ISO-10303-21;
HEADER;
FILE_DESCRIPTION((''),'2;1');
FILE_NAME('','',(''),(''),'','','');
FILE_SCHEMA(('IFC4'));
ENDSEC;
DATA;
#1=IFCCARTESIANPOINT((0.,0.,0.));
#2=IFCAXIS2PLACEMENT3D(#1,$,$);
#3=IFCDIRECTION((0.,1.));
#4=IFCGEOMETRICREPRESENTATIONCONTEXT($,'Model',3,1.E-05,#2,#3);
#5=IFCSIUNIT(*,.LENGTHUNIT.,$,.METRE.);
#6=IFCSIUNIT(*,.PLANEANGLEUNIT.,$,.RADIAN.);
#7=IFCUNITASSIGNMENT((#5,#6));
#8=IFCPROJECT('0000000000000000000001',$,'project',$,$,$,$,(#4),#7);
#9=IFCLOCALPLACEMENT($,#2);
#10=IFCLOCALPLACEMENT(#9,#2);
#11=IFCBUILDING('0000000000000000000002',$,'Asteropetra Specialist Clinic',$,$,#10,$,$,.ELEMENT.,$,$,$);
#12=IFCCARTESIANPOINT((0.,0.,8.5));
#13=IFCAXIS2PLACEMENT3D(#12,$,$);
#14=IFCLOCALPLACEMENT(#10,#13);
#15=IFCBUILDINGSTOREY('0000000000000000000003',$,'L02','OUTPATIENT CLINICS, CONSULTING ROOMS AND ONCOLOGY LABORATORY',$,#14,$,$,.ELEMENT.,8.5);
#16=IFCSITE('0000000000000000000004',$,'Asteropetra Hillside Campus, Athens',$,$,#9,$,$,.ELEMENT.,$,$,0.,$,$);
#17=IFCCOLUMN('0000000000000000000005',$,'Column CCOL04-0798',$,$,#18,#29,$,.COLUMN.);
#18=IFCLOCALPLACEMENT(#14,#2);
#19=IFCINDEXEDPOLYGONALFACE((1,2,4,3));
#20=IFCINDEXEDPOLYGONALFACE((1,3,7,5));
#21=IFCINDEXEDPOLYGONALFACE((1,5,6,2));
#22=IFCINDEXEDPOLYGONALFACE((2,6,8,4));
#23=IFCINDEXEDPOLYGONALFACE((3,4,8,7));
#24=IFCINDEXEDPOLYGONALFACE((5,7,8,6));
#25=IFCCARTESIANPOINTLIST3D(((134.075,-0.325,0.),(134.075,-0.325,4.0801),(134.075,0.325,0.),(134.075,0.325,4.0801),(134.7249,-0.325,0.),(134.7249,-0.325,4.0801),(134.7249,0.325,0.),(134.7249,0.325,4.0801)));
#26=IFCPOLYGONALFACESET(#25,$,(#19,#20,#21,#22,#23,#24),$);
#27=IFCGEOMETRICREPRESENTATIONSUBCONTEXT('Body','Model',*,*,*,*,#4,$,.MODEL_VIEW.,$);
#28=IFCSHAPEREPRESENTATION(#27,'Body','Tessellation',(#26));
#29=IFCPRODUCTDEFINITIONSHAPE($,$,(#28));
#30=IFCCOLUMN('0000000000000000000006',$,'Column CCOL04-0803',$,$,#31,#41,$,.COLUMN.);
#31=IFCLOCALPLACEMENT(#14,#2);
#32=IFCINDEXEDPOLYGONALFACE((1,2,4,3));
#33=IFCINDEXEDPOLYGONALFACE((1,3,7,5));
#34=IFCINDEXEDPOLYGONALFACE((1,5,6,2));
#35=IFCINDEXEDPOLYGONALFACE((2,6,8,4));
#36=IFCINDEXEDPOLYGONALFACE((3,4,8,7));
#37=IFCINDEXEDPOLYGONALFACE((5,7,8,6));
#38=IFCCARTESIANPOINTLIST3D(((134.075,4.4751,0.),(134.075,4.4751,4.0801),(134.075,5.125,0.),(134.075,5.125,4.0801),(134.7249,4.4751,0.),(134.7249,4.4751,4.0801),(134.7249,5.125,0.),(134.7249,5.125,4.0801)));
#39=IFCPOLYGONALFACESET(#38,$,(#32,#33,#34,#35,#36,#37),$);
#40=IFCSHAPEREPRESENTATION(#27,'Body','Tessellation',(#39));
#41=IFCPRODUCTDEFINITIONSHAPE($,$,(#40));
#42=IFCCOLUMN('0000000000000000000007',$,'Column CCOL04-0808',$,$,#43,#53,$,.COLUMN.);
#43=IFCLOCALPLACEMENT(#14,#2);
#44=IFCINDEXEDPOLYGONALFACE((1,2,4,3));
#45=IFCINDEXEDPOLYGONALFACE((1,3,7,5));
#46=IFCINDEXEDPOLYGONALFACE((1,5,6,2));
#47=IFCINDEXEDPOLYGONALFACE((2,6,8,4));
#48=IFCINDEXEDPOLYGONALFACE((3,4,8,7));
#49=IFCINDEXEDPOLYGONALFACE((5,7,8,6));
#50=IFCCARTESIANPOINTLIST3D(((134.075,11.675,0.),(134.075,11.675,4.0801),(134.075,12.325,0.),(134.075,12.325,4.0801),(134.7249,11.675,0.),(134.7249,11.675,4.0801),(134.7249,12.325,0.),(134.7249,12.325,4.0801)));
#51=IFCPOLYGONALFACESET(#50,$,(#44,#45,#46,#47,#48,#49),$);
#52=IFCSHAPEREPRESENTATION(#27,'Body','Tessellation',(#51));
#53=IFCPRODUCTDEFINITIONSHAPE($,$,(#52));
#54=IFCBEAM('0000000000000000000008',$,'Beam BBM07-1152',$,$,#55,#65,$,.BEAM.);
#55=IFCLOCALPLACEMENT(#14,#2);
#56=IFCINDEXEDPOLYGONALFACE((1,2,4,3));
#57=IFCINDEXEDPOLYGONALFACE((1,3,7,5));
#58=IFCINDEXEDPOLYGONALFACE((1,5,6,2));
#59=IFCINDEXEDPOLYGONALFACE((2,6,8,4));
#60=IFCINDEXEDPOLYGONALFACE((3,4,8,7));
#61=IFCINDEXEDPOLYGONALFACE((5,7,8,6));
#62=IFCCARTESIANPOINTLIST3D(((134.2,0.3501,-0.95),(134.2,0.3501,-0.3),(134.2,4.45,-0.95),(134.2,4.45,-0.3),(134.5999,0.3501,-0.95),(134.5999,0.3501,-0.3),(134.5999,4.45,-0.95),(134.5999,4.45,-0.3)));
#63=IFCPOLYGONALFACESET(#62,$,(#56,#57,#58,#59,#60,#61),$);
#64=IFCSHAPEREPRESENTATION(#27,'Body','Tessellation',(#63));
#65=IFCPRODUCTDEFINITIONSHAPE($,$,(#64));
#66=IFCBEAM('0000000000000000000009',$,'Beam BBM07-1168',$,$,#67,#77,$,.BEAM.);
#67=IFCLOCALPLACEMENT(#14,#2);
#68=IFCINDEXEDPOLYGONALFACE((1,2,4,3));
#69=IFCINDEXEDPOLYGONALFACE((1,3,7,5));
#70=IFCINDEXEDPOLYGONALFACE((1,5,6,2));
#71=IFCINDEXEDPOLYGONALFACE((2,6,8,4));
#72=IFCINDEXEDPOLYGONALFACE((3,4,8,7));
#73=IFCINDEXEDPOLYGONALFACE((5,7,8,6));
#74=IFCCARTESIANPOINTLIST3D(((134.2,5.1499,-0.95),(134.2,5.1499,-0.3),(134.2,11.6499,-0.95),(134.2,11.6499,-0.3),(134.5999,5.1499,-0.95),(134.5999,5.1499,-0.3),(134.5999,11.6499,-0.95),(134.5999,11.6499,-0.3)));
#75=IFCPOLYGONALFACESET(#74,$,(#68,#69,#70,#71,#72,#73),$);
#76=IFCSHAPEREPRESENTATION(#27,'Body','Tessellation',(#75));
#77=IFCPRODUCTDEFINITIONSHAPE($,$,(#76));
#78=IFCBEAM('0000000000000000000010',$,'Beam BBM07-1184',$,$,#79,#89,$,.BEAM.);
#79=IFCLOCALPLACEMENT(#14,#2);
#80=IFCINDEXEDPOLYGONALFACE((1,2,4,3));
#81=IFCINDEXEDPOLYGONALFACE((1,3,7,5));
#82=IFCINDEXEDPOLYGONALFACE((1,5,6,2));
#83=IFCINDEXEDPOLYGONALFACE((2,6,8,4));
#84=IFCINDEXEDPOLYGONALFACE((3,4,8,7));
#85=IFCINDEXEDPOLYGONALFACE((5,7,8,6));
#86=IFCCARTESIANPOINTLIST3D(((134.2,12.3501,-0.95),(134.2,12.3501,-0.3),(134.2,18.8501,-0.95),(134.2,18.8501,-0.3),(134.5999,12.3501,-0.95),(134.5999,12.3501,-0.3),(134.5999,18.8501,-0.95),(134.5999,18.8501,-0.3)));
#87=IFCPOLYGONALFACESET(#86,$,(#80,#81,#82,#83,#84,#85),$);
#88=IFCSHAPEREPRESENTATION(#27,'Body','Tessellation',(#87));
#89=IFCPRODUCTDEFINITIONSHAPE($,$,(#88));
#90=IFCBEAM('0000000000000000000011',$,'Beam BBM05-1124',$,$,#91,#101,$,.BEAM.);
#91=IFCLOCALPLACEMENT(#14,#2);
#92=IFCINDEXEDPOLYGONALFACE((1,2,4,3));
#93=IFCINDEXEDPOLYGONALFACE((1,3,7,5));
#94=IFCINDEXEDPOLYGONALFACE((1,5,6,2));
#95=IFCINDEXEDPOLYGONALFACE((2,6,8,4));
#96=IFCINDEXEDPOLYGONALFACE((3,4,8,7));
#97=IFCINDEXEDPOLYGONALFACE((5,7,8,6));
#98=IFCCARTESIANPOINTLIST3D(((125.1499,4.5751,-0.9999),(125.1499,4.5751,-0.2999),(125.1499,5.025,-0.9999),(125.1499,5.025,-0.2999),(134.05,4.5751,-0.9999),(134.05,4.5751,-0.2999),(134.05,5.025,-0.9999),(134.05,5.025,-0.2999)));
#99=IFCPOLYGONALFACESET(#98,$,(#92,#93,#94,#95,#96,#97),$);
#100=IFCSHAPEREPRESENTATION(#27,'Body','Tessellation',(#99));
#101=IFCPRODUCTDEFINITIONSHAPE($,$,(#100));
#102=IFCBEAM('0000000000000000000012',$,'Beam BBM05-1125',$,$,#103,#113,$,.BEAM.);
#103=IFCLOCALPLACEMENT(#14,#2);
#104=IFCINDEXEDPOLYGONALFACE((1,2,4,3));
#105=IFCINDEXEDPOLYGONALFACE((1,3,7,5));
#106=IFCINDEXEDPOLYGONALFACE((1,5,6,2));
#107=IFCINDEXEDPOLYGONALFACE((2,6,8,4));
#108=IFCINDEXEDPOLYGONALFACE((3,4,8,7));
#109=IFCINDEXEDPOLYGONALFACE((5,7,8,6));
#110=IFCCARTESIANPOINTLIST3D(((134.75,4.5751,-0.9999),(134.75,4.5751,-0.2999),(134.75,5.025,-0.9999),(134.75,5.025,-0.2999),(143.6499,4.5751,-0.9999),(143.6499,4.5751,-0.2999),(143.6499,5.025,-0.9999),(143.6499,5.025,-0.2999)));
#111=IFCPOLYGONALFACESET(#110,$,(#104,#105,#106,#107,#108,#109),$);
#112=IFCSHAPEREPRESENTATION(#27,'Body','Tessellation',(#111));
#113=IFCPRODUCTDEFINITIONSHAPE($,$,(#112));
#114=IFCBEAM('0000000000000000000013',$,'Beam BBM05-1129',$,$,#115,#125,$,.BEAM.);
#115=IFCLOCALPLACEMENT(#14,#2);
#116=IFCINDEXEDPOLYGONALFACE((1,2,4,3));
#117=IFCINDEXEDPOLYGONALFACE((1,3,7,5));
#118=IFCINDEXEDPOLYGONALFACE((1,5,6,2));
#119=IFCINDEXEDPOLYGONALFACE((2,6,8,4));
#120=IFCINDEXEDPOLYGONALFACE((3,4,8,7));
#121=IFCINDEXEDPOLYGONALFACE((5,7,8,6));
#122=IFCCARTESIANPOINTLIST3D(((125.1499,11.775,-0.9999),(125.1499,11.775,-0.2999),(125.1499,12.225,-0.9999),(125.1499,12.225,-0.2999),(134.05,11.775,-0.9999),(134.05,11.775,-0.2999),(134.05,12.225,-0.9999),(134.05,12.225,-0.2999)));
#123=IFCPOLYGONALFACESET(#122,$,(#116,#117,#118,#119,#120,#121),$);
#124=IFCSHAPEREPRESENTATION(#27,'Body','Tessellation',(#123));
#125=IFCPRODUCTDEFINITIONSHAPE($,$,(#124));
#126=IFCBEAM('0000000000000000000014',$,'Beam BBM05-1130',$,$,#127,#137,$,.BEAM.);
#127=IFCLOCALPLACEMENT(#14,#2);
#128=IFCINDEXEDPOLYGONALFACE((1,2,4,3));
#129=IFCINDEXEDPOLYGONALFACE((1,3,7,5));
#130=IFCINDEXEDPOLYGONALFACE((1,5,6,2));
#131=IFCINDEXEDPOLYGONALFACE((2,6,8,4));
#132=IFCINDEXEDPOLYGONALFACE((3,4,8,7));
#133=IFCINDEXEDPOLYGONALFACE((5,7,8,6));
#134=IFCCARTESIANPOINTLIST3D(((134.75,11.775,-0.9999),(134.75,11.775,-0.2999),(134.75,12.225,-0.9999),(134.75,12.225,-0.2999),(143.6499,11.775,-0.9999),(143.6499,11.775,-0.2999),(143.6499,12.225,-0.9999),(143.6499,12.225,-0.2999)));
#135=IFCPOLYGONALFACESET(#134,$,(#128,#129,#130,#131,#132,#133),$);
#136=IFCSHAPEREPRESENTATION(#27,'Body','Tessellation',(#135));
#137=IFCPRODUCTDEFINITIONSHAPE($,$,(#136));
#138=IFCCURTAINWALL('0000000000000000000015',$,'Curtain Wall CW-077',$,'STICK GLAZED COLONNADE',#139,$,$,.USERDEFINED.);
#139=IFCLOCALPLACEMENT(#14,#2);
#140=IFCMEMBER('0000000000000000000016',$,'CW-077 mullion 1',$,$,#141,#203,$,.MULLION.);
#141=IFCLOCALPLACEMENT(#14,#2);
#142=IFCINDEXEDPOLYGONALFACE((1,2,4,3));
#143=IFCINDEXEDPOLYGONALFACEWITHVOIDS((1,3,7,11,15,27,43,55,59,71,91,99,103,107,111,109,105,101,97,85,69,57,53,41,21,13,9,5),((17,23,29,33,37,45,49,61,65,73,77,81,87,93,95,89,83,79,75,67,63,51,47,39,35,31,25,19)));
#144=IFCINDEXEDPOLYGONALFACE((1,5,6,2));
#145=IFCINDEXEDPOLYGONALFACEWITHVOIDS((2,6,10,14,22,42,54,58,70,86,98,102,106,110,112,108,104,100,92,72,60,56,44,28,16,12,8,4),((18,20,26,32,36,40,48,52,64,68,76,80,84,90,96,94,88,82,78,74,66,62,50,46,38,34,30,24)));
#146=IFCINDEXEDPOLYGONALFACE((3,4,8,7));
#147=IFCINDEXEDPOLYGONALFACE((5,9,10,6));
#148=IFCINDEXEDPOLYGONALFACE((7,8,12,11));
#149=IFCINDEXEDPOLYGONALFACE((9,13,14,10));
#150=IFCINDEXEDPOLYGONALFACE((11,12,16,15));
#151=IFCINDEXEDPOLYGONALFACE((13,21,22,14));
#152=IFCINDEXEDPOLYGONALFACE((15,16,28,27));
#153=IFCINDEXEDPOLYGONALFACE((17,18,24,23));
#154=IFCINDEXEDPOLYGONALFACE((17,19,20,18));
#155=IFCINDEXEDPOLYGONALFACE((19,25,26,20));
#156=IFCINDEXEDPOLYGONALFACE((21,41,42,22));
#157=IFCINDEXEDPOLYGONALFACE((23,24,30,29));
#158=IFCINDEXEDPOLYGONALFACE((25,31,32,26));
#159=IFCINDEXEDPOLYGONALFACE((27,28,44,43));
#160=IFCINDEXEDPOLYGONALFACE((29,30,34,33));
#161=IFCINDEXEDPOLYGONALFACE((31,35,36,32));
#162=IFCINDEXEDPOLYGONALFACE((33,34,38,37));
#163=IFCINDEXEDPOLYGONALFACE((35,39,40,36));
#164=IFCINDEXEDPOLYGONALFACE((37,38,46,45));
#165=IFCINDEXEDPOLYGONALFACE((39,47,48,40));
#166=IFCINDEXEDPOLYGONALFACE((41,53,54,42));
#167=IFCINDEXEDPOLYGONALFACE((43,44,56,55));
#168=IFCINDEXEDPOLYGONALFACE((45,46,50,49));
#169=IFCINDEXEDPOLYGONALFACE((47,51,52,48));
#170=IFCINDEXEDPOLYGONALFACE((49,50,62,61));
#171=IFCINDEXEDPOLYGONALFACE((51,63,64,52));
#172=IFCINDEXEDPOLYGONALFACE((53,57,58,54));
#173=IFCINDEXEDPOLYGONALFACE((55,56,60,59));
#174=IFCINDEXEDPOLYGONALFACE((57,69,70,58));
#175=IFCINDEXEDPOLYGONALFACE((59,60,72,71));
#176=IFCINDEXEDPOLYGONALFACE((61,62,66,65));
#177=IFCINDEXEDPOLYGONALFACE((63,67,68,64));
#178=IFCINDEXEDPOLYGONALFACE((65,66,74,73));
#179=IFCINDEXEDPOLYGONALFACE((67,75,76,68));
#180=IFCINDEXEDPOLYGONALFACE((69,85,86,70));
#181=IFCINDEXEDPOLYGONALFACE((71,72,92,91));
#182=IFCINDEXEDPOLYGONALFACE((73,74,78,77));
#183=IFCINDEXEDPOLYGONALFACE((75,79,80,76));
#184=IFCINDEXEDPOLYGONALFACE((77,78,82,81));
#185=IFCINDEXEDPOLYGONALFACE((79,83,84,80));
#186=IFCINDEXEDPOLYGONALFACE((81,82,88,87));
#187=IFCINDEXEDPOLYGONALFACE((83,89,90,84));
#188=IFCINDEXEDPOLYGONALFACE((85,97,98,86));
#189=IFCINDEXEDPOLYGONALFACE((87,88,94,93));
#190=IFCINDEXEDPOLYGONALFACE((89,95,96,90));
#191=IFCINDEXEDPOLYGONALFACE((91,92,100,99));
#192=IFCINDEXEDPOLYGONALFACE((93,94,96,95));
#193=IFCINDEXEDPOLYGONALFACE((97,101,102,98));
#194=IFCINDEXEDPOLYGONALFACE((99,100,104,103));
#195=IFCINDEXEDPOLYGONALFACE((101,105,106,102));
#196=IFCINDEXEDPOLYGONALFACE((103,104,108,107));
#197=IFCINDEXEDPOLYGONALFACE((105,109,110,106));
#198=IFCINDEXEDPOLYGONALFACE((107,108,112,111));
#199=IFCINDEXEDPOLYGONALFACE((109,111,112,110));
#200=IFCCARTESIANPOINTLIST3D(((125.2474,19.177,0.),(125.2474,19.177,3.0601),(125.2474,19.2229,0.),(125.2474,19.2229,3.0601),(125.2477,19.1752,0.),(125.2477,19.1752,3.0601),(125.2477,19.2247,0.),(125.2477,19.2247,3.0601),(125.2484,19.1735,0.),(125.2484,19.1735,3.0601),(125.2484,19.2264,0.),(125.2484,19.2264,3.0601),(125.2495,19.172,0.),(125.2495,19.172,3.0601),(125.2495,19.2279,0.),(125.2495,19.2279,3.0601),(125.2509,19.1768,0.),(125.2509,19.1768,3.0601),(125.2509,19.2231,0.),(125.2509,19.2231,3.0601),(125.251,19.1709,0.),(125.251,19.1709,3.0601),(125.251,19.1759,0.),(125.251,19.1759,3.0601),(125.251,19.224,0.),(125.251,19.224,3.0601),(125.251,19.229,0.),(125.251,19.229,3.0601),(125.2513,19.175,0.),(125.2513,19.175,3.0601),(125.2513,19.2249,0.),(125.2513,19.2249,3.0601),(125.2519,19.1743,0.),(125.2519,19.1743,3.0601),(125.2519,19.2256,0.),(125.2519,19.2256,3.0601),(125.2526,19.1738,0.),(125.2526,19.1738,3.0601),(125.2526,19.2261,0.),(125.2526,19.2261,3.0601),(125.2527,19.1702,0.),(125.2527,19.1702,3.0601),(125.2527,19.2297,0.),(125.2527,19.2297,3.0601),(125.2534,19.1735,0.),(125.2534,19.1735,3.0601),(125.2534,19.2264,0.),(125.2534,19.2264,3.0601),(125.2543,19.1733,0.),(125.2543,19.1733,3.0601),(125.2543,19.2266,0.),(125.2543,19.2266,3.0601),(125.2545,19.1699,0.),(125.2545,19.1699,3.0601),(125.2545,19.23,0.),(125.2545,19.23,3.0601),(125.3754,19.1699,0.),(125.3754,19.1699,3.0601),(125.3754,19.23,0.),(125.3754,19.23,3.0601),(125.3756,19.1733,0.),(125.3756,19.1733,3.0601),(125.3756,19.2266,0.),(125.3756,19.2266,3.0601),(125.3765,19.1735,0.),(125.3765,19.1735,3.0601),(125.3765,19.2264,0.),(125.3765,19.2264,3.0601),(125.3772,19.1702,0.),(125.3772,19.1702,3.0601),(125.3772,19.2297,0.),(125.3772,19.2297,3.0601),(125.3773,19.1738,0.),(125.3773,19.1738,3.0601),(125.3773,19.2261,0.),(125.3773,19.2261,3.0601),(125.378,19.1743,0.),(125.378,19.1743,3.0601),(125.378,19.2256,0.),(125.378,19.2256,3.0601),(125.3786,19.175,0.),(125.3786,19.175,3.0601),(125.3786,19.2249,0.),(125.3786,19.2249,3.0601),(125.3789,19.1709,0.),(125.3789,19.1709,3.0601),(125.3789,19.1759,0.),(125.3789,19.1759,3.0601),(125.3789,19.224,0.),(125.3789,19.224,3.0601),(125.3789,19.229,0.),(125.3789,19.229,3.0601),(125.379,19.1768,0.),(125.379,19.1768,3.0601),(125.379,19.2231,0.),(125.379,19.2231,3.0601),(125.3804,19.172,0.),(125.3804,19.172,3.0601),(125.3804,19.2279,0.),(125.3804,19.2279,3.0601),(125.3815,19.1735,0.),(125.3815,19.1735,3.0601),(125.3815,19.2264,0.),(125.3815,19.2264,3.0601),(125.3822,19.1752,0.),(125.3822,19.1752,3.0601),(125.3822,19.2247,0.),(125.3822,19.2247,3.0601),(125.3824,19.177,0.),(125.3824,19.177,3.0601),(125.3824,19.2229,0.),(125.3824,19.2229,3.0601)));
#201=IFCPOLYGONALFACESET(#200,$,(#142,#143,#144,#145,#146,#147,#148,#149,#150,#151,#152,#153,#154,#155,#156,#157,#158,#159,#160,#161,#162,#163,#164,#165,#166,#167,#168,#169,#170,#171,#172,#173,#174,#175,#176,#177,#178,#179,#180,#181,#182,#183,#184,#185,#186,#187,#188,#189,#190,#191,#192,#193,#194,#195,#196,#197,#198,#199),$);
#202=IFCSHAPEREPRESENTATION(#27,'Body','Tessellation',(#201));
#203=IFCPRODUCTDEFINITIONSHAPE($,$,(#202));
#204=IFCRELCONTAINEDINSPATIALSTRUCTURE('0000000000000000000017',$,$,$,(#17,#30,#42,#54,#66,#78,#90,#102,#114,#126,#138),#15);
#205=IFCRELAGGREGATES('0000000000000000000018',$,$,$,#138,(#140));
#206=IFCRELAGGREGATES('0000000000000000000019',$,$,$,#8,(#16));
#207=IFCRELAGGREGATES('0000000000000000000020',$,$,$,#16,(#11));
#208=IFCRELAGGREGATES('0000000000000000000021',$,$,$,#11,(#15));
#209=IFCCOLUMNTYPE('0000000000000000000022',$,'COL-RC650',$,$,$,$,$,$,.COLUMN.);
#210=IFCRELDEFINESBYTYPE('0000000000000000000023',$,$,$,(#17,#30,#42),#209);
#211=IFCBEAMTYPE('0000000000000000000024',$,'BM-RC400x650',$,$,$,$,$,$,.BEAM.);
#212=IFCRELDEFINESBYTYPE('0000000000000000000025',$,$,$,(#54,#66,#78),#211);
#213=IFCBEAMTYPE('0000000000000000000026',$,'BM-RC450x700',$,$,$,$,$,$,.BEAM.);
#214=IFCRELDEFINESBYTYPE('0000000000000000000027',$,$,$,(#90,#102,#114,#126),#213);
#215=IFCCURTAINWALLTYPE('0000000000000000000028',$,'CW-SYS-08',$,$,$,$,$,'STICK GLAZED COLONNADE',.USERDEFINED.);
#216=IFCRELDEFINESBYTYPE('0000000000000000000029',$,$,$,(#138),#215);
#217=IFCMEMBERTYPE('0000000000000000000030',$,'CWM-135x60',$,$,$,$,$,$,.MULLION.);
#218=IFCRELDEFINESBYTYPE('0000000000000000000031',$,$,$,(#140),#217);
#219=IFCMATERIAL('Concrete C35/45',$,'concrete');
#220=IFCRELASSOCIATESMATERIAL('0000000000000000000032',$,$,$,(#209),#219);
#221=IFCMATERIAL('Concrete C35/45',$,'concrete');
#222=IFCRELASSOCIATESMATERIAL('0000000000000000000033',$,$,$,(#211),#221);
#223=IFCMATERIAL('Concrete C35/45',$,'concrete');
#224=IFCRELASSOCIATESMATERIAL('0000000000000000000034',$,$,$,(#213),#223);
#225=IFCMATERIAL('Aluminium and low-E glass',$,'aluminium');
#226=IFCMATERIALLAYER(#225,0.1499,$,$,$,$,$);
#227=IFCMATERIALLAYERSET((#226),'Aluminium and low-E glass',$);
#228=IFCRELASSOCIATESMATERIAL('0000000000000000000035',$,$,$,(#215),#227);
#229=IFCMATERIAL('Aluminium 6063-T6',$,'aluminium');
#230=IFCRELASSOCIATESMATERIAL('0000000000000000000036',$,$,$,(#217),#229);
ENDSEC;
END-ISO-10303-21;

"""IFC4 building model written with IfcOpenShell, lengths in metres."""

from ifc_helpers import new_model, si_unit, direction, frame, origin, origin_2d, place, context, subcontext, project, spatial, rectangle, hollow_rectangle, extrude, material, layer, layer_set, material_profile, profile_set, type_object, element, aggregate, save


model = new_model("IFC4")

# Units and contexts
model_context = context("Model", 3, precision=1e-05, world=origin(), true_north=direction((0.0, 1.0)))
body_context = subcontext(model_context, "Body", "Model", "MODEL_VIEW")
ifc_project = project(units=[si_unit("LENGTHUNIT", "METRE"), si_unit("PLANEANGLEUNIT", "RADIAN")], contexts=[model_context])

# Site, building, storey
site_placement = place(None, origin())
site = spatial("IfcSite", under=ifc_project, at=site_placement, Name="Asteropetra Hillside Campus, Athens", CompositionType="ELEMENT", RefElevation=0.0)
building_placement = place(site_placement, origin())
building = spatial("IfcBuilding", under=site, at=building_placement, Name="Asteropetra Specialist Clinic", CompositionType="ELEMENT")
storey_placement = place(building_placement, frame((0.0, 0.0, 8.5)))
storey = spatial("IfcBuildingStorey", under=building, at=storey_placement, Name="L02", Description="OUTPATIENT CLINICS, CONSULTING ROOMS AND ONCOLOGY LABORATORY", CompositionType="ELEMENT", Elevation=8.5)

# Columns
ifc_material_1 = material(Name="Concrete C35/45", Category="concrete")
ifc_material_profile_1 = material_profile(ifc_material_1, rectangle(XDim=0.6499, YDim=0.6499, at=origin_2d()), Name="RC 650x650")
ifc_profile_set_1 = profile_set([ifc_material_profile_1], Name="Concrete C35/45")
column_type = type_object("IfcColumnType", Name="COL-RC650", PredefinedType="COLUMN", material=ifc_profile_set_1)
for number, where, z_axis, x_axis, name in (
    (1, (134.3999, 0.0, 0.0), (0.0, 0.0, 1.0), (1.0, 0.0, 0.0), "Column CCOL04-0798"),
    (2, (134.3999, 4.8, 0.0), (0.0, 0.0, 1.0), (1.0, 0.0, 0.0), "Column CCOL04-0803"),
    (3, (134.3999, 12.0, 0.0), (0.0, 0.0, 1.0), (1.0, 0.0, 0.0), "Column CCOL04-0808"),
):
    element("IfcColumn", number, at=place(storey_placement, frame(where, z_axis=z_axis, x_axis=x_axis)), inside=storey, type_object=column_type, Name=name, PredefinedType="COLUMN", context=body_context, shape_type="SweptSolid", body=[
        extrude(rectangle(XDim=0.6499, YDim=0.6499, at=origin_2d()), origin(), (0.0, 0.0, 1.0), 4.0801),
    ])

# Beams
ifc_material_2 = material(Name="Concrete C35/45", Category="concrete")
ifc_material_profile_2 = material_profile(ifc_material_2, rectangle(XDim=0.3999, YDim=0.6499, at=origin_2d()), Name="RCB 400x650")
ifc_profile_set_2 = profile_set([ifc_material_profile_2], Name="Concrete C35/45")
beam_type_1 = type_object("IfcBeamType", Name="BM-RC400x650", PredefinedType="BEAM", material=ifc_profile_set_2)
beam_1_placement = place(storey_placement, frame((134.3999, 0.3501, -0.625), z_axis=(0.0, 1.0, 0.0), x_axis=(-1.0, 0.0, 0.0)))
element("IfcBeam", 4, at=beam_1_placement, inside=storey, type_object=beam_type_1, Name="Beam BBM07-1152", PredefinedType="BEAM", context=body_context, shape_type="SweptSolid", body=[
    extrude(rectangle(XDim=0.3999, YDim=0.6499, at=origin_2d()), origin(), (0.0, 0.0, 1.0), 4.0999),
])
for number, where, z_axis, x_axis, name in (
    (5, (134.3999, 5.1499, -0.625), (0.0, 1.0, 0.0), (-1.0, 0.0, 0.0), "Beam BBM07-1168"),
    (6, (134.3999, 12.3501, -0.625), (0.0, 1.0, 0.0), (-1.0, 0.0, 0.0), "Beam BBM07-1184"),
):
    element("IfcBeam", number, at=place(storey_placement, frame(where, z_axis=z_axis, x_axis=x_axis)), inside=storey, type_object=beam_type_1, Name=name, PredefinedType="BEAM", context=body_context, shape_type="SweptSolid", body=[
        extrude(rectangle(XDim=0.3999, YDim=0.6499, at=origin_2d()), origin(), (0.0, 0.0, 1.0), 6.5),
    ])
ifc_material_3 = material(Name="Concrete C35/45", Category="concrete")
ifc_material_profile_3 = material_profile(ifc_material_3, rectangle(XDim=0.45, YDim=0.7, at=origin_2d()), Name="RCB 450x700")
ifc_profile_set_3 = profile_set([ifc_material_profile_3], Name="Concrete C35/45")
beam_type_2 = type_object("IfcBeamType", Name="BM-RC450x700", PredefinedType="BEAM", material=ifc_profile_set_3)
beam_2_placement = place(storey_placement, frame((125.1499, 4.8, -0.6499), z_axis=(1.0, 0.0, 0.0), x_axis=(0.0, 1.0, 0.0)))
element("IfcBeam", 7, at=beam_2_placement, inside=storey, type_object=beam_type_2, Name="Beam BBM05-1124", PredefinedType="BEAM", context=body_context, shape_type="SweptSolid", body=[
    extrude(rectangle(XDim=0.45, YDim=0.7, at=origin_2d()), origin(), (0.0, 0.0, 1.0), 8.9001),
])
beam_3_placement = place(storey_placement, frame((134.75, 4.8, -0.6499), z_axis=(1.0, 0.0, 0.0), x_axis=(0.0, 1.0, 0.0)))
element("IfcBeam", 8, at=beam_3_placement, inside=storey, type_object=beam_type_2, Name="Beam BBM05-1125", PredefinedType="BEAM", context=body_context, shape_type="SweptSolid", body=[
    extrude(rectangle(XDim=0.45, YDim=0.7, at=origin_2d()), origin(), (0.0, 0.0, 1.0), 8.8999),
])
beam_4_placement = place(storey_placement, frame((125.1499, 12.0, -0.6499), z_axis=(1.0, 0.0, 0.0), x_axis=(0.0, 1.0, 0.0)))
element("IfcBeam", 9, at=beam_4_placement, inside=storey, type_object=beam_type_2, Name="Beam BBM05-1129", PredefinedType="BEAM", context=body_context, shape_type="SweptSolid", body=[
    extrude(rectangle(XDim=0.45, YDim=0.7, at=origin_2d()), origin(), (0.0, 0.0, 1.0), 8.9001),
])
beam_5_placement = place(storey_placement, frame((134.75, 12.0, -0.6499), z_axis=(1.0, 0.0, 0.0), x_axis=(0.0, 1.0, 0.0)))
element("IfcBeam", 10, at=beam_5_placement, inside=storey, type_object=beam_type_2, Name="Beam BBM05-1130", PredefinedType="BEAM", context=body_context, shape_type="SweptSolid", body=[
    extrude(rectangle(XDim=0.45, YDim=0.7, at=origin_2d()), origin(), (0.0, 0.0, 1.0), 8.8999),
])

# Curtain wall, member
ifc_material_4 = material(Name="Aluminium and low-E glass", Category="aluminium")
ifc_layer_1 = layer(ifc_material_4, 0.1499)
ifc_layer_set_1 = layer_set([ifc_layer_1], Name="Aluminium and low-E glass")
curtain_wall_type = type_object("IfcCurtainWallType", Name="CW-SYS-08", ElementType="STICK GLAZED COLONNADE", PredefinedType="USERDEFINED", material=ifc_layer_set_1)
curtain_wall_placement = place(storey_placement, origin())
curtain_wall = element("IfcCurtainWall", 11, at=curtain_wall_placement, inside=storey, type_object=curtain_wall_type, Name="Curtain Wall CW-077", ObjectType="STICK GLAZED COLONNADE", PredefinedType="USERDEFINED")
ifc_material_5 = material(Name="Aluminium 6063-T6", Category="aluminium")
ifc_material_profile_4 = material_profile(ifc_material_5, hollow_rectangle(XDim=0.0601, YDim=0.135, WallThickness=0.0034, InnerFilletRadius=0.0034, OuterFilletRadius=0.0071, at=origin_2d()), Name="MUL 135x60x3.5")
ifc_profile_set_4 = profile_set([ifc_material_profile_4], Name="Aluminium 6063-T6")
member_type_1 = type_object("IfcMemberType", Name="CWM-135x60", PredefinedType="MULLION", material=ifc_profile_set_4)
member_1_placement = place(storey_placement, frame((125.3149, 19.2, 0.0), z_axis=(0.0, 0.0, 1.0), x_axis=(0.0, 1.0, 0.0)))
member_1 = element("IfcMember", 12, at=member_1_placement, type_object=member_type_1, Name="CW-077 mullion 1", PredefinedType="MULLION", context=body_context, shape_type="SweptSolid", body=[
    extrude(hollow_rectangle(XDim=0.0601, YDim=0.135, WallThickness=0.0034, InnerFilletRadius=0.0034, OuterFilletRadius=0.0071, at=origin_2d()), origin(), (0.0, 0.0, 1.0), 3.0601),
])
aggregate(curtain_wall, [member_1])

save(model, "model.ifc")
